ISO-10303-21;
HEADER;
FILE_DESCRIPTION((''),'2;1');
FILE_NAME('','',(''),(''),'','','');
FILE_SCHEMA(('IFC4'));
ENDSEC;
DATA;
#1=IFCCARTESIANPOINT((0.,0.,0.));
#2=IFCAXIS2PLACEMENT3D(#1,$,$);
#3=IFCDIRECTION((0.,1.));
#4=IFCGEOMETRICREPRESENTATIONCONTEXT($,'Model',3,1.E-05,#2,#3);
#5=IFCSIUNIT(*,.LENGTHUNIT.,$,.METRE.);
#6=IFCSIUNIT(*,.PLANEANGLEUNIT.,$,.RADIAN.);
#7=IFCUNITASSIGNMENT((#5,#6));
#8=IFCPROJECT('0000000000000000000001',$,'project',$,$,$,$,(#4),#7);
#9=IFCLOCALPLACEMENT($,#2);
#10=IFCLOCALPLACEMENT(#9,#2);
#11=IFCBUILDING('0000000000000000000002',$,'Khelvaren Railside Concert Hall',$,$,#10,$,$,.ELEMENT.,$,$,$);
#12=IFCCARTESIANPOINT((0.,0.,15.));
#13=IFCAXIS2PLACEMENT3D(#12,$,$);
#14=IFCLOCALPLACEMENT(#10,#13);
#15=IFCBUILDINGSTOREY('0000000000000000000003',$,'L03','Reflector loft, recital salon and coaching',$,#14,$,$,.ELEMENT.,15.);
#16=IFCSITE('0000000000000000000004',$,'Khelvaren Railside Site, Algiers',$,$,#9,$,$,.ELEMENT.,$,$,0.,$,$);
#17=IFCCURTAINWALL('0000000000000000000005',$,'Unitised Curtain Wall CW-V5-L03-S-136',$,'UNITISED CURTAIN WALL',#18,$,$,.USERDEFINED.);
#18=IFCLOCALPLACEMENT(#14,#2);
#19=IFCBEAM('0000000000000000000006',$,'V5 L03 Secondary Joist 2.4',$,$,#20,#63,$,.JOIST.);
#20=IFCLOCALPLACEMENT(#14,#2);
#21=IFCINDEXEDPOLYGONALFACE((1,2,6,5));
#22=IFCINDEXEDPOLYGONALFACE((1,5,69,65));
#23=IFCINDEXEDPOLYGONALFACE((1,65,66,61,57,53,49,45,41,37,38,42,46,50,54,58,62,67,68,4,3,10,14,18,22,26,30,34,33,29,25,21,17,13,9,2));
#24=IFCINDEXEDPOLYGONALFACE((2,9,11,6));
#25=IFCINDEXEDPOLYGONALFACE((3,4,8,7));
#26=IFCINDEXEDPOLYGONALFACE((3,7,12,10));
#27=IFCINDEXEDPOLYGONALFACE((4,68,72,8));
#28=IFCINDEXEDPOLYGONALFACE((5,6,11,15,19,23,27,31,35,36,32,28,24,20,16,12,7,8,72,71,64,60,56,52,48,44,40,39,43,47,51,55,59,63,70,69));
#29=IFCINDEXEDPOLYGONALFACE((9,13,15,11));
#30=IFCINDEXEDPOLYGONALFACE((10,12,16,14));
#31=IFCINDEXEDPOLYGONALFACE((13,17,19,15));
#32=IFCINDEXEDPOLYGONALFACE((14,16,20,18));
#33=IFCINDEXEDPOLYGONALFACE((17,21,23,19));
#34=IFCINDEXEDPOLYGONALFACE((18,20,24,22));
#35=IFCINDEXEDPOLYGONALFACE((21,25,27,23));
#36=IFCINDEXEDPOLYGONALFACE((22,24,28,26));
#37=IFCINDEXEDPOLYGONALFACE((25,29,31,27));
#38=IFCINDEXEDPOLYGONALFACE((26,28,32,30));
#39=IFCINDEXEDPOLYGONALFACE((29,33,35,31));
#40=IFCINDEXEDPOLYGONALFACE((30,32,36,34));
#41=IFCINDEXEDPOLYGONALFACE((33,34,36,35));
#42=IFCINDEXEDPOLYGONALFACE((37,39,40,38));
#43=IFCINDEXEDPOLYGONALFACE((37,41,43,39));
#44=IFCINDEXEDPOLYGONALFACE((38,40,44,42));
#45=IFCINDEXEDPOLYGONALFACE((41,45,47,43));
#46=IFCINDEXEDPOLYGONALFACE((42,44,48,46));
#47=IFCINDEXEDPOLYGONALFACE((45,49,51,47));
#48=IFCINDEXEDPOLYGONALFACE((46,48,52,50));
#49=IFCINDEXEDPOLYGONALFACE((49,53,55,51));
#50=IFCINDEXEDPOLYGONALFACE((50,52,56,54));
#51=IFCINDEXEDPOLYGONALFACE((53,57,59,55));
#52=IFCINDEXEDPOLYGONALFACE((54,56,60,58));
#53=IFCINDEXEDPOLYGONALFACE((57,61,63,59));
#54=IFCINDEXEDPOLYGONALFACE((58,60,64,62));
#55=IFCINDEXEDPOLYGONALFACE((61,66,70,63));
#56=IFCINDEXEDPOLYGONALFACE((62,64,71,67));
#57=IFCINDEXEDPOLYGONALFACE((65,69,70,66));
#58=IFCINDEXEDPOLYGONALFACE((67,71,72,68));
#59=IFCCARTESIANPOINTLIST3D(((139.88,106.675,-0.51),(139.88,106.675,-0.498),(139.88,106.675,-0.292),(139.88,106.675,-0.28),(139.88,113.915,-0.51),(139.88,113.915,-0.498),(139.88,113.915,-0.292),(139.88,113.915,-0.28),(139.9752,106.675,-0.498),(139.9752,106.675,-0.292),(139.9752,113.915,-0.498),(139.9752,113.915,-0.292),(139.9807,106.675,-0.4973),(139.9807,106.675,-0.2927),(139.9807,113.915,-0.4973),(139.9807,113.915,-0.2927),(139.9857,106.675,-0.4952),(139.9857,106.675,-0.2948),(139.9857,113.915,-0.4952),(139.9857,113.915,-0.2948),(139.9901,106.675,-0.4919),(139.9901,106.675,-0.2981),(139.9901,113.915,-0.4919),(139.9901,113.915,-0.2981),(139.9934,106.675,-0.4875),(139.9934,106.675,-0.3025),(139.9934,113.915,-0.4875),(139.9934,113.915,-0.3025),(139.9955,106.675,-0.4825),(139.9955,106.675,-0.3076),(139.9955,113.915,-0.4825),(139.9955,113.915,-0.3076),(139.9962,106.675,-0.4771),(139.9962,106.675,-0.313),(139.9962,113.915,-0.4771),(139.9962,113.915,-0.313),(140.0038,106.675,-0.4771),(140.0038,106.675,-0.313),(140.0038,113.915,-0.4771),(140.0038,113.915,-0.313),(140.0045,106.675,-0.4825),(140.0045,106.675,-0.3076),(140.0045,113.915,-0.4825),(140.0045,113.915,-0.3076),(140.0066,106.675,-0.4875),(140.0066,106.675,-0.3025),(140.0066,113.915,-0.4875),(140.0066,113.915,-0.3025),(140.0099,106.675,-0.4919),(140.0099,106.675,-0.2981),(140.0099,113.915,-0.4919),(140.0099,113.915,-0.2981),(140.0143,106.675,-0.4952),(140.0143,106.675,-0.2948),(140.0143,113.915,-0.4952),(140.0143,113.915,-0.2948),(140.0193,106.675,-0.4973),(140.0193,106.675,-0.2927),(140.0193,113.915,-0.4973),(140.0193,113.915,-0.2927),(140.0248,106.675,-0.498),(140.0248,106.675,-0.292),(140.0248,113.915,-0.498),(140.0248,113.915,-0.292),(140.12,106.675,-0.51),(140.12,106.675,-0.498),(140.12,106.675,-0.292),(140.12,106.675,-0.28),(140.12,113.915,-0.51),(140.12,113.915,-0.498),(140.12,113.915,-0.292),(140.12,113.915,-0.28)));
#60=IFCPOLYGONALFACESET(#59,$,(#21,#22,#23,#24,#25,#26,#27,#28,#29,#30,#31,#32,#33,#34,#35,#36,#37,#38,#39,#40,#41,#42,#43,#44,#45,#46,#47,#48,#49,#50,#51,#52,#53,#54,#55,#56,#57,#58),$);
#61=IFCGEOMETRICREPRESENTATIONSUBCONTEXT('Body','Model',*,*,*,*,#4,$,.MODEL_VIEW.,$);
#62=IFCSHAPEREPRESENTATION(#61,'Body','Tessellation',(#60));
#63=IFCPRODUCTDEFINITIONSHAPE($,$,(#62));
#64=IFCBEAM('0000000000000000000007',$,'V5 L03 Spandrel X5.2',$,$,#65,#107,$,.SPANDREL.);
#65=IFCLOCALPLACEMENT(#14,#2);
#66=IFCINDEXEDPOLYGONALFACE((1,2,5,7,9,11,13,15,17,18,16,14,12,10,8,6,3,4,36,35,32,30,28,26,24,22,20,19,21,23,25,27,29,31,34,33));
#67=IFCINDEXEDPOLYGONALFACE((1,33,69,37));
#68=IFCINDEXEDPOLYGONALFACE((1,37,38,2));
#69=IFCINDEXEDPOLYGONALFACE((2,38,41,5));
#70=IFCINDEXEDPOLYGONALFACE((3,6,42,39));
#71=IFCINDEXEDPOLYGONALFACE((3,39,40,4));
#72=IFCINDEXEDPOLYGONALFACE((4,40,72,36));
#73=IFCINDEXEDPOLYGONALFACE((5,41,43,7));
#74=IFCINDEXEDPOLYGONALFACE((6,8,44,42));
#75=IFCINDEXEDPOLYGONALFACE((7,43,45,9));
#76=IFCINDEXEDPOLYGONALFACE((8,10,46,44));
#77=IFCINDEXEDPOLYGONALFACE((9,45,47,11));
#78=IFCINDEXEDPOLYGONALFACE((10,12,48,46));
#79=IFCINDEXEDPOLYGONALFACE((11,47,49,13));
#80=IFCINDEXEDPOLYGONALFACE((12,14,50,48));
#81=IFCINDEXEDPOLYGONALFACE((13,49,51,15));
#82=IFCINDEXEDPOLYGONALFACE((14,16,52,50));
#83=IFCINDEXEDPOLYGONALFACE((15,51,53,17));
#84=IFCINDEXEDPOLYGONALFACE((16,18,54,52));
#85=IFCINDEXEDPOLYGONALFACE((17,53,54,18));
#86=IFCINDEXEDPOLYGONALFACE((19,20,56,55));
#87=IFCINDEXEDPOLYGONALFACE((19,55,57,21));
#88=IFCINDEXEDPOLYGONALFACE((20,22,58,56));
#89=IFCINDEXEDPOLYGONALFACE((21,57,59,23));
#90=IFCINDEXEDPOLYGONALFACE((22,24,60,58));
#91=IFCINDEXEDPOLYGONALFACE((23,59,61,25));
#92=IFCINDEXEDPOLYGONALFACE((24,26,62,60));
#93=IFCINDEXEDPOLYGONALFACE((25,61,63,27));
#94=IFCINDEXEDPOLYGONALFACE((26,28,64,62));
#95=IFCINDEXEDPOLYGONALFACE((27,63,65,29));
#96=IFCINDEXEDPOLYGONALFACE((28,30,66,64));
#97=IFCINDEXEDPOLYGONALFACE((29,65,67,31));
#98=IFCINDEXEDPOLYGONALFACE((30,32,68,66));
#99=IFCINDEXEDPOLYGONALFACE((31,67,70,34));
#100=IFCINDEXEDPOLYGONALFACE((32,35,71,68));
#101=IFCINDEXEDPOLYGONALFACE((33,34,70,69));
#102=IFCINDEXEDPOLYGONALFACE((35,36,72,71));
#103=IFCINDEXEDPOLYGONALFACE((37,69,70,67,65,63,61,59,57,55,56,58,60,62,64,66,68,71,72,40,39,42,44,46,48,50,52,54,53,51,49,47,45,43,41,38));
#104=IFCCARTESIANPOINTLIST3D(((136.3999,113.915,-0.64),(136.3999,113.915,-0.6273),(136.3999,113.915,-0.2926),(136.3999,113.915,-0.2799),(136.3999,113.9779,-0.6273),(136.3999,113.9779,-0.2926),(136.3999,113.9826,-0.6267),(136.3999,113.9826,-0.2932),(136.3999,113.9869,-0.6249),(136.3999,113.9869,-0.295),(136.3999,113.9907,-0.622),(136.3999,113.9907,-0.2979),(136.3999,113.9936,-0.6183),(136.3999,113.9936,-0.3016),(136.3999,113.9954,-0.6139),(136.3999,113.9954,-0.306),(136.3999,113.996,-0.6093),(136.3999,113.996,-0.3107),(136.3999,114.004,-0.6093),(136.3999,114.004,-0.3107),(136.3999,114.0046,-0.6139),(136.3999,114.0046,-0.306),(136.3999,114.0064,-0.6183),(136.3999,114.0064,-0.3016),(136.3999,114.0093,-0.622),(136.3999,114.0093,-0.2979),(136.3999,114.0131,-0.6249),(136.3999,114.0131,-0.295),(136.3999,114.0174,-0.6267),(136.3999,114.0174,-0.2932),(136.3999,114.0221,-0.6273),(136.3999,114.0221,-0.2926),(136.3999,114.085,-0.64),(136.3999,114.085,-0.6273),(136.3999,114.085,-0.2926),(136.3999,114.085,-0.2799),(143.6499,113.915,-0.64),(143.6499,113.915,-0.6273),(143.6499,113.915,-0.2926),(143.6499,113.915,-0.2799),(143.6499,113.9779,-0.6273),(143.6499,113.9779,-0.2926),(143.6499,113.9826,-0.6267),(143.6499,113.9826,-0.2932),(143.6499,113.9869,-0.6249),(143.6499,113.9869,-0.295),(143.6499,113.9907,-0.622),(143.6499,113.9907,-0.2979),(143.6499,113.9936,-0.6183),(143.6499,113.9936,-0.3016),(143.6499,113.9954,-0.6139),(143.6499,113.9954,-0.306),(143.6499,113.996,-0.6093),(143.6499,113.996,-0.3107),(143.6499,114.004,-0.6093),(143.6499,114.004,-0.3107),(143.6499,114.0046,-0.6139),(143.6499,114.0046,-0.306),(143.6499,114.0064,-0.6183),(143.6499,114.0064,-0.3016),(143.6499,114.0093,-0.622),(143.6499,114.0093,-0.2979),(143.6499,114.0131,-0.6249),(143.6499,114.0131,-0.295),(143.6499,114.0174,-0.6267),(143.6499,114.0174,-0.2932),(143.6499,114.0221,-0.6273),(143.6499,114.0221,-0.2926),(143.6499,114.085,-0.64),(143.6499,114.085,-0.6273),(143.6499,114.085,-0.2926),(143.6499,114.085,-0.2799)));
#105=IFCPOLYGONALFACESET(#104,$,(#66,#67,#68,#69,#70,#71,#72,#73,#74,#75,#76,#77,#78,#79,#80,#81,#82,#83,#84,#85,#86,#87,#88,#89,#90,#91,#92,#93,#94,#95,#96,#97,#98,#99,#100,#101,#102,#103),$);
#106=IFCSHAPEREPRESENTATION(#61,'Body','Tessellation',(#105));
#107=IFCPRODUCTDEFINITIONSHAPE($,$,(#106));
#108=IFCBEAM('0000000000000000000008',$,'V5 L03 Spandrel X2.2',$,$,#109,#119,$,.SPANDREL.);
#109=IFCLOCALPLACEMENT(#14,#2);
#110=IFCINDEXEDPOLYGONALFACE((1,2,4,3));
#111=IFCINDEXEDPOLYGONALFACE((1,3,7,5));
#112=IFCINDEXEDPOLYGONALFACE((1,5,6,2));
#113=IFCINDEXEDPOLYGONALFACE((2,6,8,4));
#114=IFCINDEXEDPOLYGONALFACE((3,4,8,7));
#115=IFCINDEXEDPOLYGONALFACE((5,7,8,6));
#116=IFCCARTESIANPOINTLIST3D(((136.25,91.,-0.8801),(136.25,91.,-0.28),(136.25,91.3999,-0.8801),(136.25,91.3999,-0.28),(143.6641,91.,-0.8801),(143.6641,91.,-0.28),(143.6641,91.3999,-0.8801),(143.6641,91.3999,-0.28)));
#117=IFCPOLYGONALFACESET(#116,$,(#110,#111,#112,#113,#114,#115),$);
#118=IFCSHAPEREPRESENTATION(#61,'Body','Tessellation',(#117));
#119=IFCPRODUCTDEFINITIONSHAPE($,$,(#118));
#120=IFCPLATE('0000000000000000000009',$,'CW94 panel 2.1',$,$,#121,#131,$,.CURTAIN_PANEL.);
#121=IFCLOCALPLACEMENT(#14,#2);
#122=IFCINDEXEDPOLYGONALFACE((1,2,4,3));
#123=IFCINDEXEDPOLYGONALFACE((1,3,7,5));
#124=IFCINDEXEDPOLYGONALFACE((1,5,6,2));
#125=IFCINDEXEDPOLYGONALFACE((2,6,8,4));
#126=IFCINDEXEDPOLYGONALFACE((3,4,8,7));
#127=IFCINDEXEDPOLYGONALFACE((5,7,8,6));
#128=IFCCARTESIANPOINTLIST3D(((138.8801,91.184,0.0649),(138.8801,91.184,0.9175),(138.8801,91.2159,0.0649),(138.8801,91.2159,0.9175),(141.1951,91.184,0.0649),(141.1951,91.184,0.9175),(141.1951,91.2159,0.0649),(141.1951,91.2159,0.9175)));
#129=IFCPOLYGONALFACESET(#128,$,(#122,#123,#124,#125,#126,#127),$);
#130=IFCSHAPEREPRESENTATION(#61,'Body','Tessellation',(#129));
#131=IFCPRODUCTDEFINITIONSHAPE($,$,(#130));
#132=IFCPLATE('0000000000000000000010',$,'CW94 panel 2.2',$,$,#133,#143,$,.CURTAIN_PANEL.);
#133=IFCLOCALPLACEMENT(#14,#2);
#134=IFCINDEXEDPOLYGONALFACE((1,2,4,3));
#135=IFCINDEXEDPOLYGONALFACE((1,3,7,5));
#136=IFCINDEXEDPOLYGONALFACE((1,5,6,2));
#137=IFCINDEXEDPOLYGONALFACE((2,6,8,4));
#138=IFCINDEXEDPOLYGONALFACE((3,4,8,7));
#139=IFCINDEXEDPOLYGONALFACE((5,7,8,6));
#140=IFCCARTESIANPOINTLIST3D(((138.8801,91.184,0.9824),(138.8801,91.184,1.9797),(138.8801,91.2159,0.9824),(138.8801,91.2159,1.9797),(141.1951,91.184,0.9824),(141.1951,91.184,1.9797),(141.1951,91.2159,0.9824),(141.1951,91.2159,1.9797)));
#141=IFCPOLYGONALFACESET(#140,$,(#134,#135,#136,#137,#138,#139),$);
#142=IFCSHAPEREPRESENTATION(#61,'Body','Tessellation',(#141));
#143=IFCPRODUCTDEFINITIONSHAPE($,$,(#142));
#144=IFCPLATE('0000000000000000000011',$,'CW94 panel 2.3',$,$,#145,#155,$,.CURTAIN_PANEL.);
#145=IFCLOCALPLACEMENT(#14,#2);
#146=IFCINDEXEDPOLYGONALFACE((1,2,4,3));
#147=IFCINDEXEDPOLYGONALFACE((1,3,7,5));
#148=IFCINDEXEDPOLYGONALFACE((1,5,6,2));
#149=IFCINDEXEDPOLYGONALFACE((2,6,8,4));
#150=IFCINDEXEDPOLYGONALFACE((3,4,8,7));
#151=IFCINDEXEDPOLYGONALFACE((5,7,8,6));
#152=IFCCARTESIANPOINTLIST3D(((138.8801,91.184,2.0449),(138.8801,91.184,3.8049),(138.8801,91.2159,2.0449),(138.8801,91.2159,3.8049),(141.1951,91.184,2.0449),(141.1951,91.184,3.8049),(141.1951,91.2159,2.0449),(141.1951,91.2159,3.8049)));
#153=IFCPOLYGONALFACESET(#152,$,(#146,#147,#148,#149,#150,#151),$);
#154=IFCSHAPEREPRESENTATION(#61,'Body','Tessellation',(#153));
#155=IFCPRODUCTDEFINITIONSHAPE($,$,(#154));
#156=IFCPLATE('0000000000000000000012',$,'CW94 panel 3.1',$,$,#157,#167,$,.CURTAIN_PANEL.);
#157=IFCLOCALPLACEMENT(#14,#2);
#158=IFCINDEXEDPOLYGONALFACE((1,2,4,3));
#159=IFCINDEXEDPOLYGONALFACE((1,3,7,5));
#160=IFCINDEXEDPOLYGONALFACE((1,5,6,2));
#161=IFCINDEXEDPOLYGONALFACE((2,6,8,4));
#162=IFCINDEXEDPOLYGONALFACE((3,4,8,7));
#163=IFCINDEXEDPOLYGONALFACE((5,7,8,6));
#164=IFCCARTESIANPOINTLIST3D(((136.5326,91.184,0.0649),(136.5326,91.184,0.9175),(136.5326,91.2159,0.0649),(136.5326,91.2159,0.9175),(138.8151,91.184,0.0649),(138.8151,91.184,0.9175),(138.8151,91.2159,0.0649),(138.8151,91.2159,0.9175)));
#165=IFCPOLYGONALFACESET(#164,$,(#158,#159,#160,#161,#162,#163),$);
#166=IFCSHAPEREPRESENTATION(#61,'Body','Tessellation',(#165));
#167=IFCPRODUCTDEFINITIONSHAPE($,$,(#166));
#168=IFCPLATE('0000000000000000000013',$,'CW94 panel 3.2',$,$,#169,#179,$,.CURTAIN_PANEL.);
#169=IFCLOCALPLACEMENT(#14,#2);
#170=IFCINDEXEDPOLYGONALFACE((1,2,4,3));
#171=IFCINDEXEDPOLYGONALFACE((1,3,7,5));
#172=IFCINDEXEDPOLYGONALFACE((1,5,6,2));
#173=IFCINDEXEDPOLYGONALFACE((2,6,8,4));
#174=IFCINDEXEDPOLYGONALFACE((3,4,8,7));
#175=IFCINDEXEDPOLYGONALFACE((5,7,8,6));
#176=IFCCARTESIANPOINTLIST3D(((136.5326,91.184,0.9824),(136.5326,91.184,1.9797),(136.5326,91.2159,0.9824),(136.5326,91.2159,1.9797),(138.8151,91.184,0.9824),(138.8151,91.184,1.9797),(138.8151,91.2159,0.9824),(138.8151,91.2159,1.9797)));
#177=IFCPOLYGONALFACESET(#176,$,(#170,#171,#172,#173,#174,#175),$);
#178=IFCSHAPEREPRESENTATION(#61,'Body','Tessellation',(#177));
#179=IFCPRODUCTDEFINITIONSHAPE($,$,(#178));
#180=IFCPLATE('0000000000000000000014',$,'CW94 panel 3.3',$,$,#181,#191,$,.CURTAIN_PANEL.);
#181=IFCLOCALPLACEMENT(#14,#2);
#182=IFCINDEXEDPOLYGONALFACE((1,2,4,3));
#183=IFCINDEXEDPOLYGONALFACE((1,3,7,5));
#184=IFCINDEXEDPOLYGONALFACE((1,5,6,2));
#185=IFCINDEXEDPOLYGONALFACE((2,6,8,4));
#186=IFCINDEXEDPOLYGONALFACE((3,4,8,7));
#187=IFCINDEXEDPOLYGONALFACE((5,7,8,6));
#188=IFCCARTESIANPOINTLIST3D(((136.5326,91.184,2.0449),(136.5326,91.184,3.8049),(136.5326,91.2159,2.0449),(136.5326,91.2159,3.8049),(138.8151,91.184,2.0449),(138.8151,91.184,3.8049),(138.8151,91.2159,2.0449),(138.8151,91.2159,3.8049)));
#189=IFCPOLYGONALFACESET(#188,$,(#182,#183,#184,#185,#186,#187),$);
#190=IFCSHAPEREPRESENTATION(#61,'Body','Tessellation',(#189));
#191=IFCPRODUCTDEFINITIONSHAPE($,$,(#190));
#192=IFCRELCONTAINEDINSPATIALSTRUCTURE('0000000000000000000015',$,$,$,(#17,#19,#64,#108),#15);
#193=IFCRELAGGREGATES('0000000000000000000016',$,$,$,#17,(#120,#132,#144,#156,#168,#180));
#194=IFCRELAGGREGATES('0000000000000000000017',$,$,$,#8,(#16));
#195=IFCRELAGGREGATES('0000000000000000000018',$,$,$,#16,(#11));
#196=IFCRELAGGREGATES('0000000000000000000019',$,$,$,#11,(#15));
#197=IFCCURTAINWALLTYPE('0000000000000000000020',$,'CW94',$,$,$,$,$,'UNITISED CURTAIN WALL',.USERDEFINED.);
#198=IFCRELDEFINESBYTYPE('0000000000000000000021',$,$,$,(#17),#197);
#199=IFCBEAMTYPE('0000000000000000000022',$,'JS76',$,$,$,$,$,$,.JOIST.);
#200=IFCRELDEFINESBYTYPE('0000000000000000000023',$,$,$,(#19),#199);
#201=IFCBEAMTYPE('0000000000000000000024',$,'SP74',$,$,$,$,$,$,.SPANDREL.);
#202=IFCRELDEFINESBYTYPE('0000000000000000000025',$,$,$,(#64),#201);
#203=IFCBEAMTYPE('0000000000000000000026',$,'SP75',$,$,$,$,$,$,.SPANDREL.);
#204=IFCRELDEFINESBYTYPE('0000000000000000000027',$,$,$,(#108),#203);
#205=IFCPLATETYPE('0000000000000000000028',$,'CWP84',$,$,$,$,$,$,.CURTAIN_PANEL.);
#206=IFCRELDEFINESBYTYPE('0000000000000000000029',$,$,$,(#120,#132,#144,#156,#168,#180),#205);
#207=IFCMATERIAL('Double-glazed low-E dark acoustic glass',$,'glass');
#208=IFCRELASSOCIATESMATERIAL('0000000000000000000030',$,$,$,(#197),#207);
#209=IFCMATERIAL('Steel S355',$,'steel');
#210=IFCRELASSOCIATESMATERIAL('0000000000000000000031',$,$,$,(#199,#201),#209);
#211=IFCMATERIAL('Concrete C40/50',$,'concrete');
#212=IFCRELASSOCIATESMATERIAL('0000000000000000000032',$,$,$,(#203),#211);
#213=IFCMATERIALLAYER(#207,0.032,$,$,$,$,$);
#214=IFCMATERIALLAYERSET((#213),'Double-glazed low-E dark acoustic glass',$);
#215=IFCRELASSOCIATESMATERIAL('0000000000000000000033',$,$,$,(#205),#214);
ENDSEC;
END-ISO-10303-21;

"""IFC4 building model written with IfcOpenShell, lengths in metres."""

from ifc_helpers import new_model, si_unit, direction, frame, origin, origin_2d, place, context, subcontext, project, spatial, rectangle, i_section, extrude, material, layer, layer_set, material_profile, profile_set, type_object, element, aggregate, save


model = new_model("IFC4")

# Units and contexts
model_context = context("Model", 3, precision=1e-05, world=origin(), true_north=direction((0.0, 1.0)))
body_context = subcontext(model_context, "Body", "Model", "MODEL_VIEW")
ifc_project = project(units=[si_unit("LENGTHUNIT", "METRE"), si_unit("PLANEANGLEUNIT", "RADIAN")], contexts=[model_context])

# Site, building, storey
site_placement = place(None, origin())
site = spatial("IfcSite", under=ifc_project, at=site_placement, Name="Khelvaren Railside Site, Algiers", CompositionType="ELEMENT", RefElevation=0.0)
building_placement = place(site_placement, origin())
building = spatial("IfcBuilding", under=site, at=building_placement, Name="Khelvaren Railside Concert Hall", CompositionType="ELEMENT")
storey_placement = place(building_placement, frame((0.0, 0.0, 15.0)))
storey = spatial("IfcBuildingStorey", under=building, at=storey_placement, Name="L03", Description="Reflector loft, recital salon and coaching", CompositionType="ELEMENT", Elevation=15.0)

# Shared definitions
ifc_material_1 = material(Name="Concrete C40/50", Category="concrete")

# Curtain wall
ifc_material_2 = material(Name="Double-glazed low-E dark acoustic glass", Category="glass")
curtain_wall_type = type_object("IfcCurtainWallType", Name="CW94", ElementType="UNITISED CURTAIN WALL", PredefinedType="USERDEFINED", material=ifc_material_2)
curtain_wall_placement = place(storey_placement, origin())
curtain_wall = element("IfcCurtainWall", 1, at=curtain_wall_placement, inside=storey, type_object=curtain_wall_type, Name="Unitised Curtain Wall CW-V5-L03-S-136", ObjectType="UNITISED CURTAIN WALL", PredefinedType="USERDEFINED")

# Beams
ifc_material_3 = material(Name="Steel S355", Category="steel")
ifc_material_profile_1 = material_profile(ifc_material_3, i_section(OverallWidth=0.24, OverallDepth=0.23, WebThickness=0.0076, FlangeThickness=0.012, FilletRadius=0.021, at=origin_2d()), Name="HEA 240")
ifc_profile_set_1 = profile_set([ifc_material_profile_1], Name="Steel S355")
beam_type_1 = type_object("IfcBeamType", Name="JS76", PredefinedType="JOIST", material=ifc_profile_set_1)
beam_1_placement = place(storey_placement, frame((140.0, 106.675, -0.395), z_axis=(0.0, 1.0, 0.0), x_axis=(-1.0, 0.0, 0.0)))
element("IfcBeam", 2, at=beam_1_placement, inside=storey, type_object=beam_type_1, Name="V5 L03 Secondary Joist 2.4", PredefinedType="JOIST", context=body_context, shape_type="SweptSolid", body=[
    extrude(i_section(OverallWidth=0.24, OverallDepth=0.23, WebThickness=0.0076, FlangeThickness=0.012, FilletRadius=0.021, at=origin_2d()), origin(), (0.0, 0.0, 1.0), 7.24),
])
ifc_material_profile_2 = material_profile(ifc_material_3, i_section(OverallWidth=0.1699, OverallDepth=0.3601, WebThickness=0.0081, FlangeThickness=0.0127, FilletRadius=0.0181, at=origin_2d()), Name="IPE 360")
ifc_profile_set_2 = profile_set([ifc_material_profile_2], Name="Steel S355")
beam_type_2 = type_object("IfcBeamType", Name="SP74", PredefinedType="SPANDREL", material=ifc_profile_set_2)
beam_2_placement = place(storey_placement, frame((136.3999, 114.0, -0.46), z_axis=(1.0, 0.0, 0.0), x_axis=(0.0, 1.0, 0.0)))
element("IfcBeam", 3, at=beam_2_placement, inside=storey, type_object=beam_type_2, Name="V5 L03 Spandrel X5.2", PredefinedType="SPANDREL", context=body_context, shape_type="SweptSolid", body=[
    extrude(i_section(OverallWidth=0.1699, OverallDepth=0.3601, WebThickness=0.0081, FlangeThickness=0.0127, FilletRadius=0.0181, at=origin_2d()), origin(), (0.0, 0.0, 1.0), 7.25),
])
ifc_material_profile_3 = material_profile(ifc_material_1, rectangle(XDim=0.3999, YDim=0.6001, at=origin_2d()), Name="RCB 400x600")
ifc_profile_set_3 = profile_set([ifc_material_profile_3], Name="Concrete C40/50")
beam_type_3 = type_object("IfcBeamType", Name="SP75", PredefinedType="SPANDREL", material=ifc_profile_set_3)
beam_3_placement = place(storey_placement, frame((136.25, 91.2, -0.5801), z_axis=(1.0, 0.0, 0.0), x_axis=(0.0, 1.0, 0.0)))
element("IfcBeam", 4, at=beam_3_placement, inside=storey, type_object=beam_type_3, Name="V5 L03 Spandrel X2.2", PredefinedType="SPANDREL", context=body_context, shape_type="SweptSolid", body=[
    extrude(rectangle(XDim=0.3999, YDim=0.6001, at=origin_2d()), origin(), (0.0, 0.0, 1.0), 7.4141),
])

# Plates
ifc_layer_1 = layer(ifc_material_2, 0.032)
ifc_layer_set_1 = layer_set([ifc_layer_1], Name="Double-glazed low-E dark acoustic glass")
plate_type = type_object("IfcPlateType", Name="CWP84", PredefinedType="CURTAIN_PANEL", material=ifc_layer_set_1)
plate_1_placement = place(storey_placement, frame((140.0376, 91.2, 0.0649), z_axis=(0.0, 0.0, 1.0), x_axis=(-1.0, 0.0, 0.0)))
plate_1 = element("IfcPlate", 5, at=plate_1_placement, type_object=plate_type, Name="CW94 panel 2.1", PredefinedType="CURTAIN_PANEL", context=body_context, shape_type="SweptSolid", body=[
    extrude(rectangle(XDim=2.3149, YDim=0.032, at=origin_2d()), origin(), (0.0, 0.0, 1.0), 0.8525),
])
plate_2_placement = place(storey_placement, frame((140.0376, 91.2, 0.9824), z_axis=(0.0, 0.0, 1.0), x_axis=(-1.0, 0.0, 0.0)))
plate_2 = element("IfcPlate", 6, at=plate_2_placement, type_object=plate_type, Name="CW94 panel 2.2", PredefinedType="CURTAIN_PANEL", context=body_context, shape_type="SweptSolid", body=[
    extrude(rectangle(XDim=2.3149, YDim=0.032, at=origin_2d()), origin(), (0.0, 0.0, 1.0), 0.9973),
])
plate_3_placement = place(storey_placement, frame((140.0376, 91.2, 2.0449), z_axis=(0.0, 0.0, 1.0), x_axis=(-1.0, 0.0, 0.0)))
plate_3 = element("IfcPlate", 7, at=plate_3_placement, type_object=plate_type, Name="CW94 panel 2.3", PredefinedType="CURTAIN_PANEL", context=body_context, shape_type="SweptSolid", body=[
    extrude(rectangle(XDim=2.3149, YDim=0.032, at=origin_2d()), origin(), (0.0, 0.0, 1.0), 1.76),
])
plate_4_placement = place(storey_placement, frame((137.6738, 91.2, 0.0649), z_axis=(0.0, 0.0, 1.0), x_axis=(-1.0, 0.0, 0.0)))
plate_4 = element("IfcPlate", 8, at=plate_4_placement, type_object=plate_type, Name="CW94 panel 3.1", PredefinedType="CURTAIN_PANEL", context=body_context, shape_type="SweptSolid", body=[
    extrude(rectangle(XDim=2.2825, YDim=0.032, at=origin_2d()), origin(), (0.0, 0.0, 1.0), 0.8525),
])
plate_5_placement = place(storey_placement, frame((137.6738, 91.2, 0.9824), z_axis=(0.0, 0.0, 1.0), x_axis=(-1.0, 0.0, 0.0)))
plate_5 = element("IfcPlate", 9, at=plate_5_placement, type_object=plate_type, Name="CW94 panel 3.2", PredefinedType="CURTAIN_PANEL", context=body_context, shape_type="SweptSolid", body=[
    extrude(rectangle(XDim=2.2825, YDim=0.032, at=origin_2d()), origin(), (0.0, 0.0, 1.0), 0.9973),
])
plate_6_placement = place(storey_placement, frame((137.6738, 91.2, 2.0449), z_axis=(0.0, 0.0, 1.0), x_axis=(-1.0, 0.0, 0.0)))
plate_6 = element("IfcPlate", 10, at=plate_6_placement, type_object=plate_type, Name="CW94 panel 3.3", PredefinedType="CURTAIN_PANEL", context=body_context, shape_type="SweptSolid", body=[
    extrude(rectangle(XDim=2.2825, YDim=0.032, at=origin_2d()), origin(), (0.0, 0.0, 1.0), 1.76),
])
aggregate(curtain_wall, [plate_1, plate_2, plate_3, plate_4, plate_5, plate_6])

save(model, "model.ifc")
